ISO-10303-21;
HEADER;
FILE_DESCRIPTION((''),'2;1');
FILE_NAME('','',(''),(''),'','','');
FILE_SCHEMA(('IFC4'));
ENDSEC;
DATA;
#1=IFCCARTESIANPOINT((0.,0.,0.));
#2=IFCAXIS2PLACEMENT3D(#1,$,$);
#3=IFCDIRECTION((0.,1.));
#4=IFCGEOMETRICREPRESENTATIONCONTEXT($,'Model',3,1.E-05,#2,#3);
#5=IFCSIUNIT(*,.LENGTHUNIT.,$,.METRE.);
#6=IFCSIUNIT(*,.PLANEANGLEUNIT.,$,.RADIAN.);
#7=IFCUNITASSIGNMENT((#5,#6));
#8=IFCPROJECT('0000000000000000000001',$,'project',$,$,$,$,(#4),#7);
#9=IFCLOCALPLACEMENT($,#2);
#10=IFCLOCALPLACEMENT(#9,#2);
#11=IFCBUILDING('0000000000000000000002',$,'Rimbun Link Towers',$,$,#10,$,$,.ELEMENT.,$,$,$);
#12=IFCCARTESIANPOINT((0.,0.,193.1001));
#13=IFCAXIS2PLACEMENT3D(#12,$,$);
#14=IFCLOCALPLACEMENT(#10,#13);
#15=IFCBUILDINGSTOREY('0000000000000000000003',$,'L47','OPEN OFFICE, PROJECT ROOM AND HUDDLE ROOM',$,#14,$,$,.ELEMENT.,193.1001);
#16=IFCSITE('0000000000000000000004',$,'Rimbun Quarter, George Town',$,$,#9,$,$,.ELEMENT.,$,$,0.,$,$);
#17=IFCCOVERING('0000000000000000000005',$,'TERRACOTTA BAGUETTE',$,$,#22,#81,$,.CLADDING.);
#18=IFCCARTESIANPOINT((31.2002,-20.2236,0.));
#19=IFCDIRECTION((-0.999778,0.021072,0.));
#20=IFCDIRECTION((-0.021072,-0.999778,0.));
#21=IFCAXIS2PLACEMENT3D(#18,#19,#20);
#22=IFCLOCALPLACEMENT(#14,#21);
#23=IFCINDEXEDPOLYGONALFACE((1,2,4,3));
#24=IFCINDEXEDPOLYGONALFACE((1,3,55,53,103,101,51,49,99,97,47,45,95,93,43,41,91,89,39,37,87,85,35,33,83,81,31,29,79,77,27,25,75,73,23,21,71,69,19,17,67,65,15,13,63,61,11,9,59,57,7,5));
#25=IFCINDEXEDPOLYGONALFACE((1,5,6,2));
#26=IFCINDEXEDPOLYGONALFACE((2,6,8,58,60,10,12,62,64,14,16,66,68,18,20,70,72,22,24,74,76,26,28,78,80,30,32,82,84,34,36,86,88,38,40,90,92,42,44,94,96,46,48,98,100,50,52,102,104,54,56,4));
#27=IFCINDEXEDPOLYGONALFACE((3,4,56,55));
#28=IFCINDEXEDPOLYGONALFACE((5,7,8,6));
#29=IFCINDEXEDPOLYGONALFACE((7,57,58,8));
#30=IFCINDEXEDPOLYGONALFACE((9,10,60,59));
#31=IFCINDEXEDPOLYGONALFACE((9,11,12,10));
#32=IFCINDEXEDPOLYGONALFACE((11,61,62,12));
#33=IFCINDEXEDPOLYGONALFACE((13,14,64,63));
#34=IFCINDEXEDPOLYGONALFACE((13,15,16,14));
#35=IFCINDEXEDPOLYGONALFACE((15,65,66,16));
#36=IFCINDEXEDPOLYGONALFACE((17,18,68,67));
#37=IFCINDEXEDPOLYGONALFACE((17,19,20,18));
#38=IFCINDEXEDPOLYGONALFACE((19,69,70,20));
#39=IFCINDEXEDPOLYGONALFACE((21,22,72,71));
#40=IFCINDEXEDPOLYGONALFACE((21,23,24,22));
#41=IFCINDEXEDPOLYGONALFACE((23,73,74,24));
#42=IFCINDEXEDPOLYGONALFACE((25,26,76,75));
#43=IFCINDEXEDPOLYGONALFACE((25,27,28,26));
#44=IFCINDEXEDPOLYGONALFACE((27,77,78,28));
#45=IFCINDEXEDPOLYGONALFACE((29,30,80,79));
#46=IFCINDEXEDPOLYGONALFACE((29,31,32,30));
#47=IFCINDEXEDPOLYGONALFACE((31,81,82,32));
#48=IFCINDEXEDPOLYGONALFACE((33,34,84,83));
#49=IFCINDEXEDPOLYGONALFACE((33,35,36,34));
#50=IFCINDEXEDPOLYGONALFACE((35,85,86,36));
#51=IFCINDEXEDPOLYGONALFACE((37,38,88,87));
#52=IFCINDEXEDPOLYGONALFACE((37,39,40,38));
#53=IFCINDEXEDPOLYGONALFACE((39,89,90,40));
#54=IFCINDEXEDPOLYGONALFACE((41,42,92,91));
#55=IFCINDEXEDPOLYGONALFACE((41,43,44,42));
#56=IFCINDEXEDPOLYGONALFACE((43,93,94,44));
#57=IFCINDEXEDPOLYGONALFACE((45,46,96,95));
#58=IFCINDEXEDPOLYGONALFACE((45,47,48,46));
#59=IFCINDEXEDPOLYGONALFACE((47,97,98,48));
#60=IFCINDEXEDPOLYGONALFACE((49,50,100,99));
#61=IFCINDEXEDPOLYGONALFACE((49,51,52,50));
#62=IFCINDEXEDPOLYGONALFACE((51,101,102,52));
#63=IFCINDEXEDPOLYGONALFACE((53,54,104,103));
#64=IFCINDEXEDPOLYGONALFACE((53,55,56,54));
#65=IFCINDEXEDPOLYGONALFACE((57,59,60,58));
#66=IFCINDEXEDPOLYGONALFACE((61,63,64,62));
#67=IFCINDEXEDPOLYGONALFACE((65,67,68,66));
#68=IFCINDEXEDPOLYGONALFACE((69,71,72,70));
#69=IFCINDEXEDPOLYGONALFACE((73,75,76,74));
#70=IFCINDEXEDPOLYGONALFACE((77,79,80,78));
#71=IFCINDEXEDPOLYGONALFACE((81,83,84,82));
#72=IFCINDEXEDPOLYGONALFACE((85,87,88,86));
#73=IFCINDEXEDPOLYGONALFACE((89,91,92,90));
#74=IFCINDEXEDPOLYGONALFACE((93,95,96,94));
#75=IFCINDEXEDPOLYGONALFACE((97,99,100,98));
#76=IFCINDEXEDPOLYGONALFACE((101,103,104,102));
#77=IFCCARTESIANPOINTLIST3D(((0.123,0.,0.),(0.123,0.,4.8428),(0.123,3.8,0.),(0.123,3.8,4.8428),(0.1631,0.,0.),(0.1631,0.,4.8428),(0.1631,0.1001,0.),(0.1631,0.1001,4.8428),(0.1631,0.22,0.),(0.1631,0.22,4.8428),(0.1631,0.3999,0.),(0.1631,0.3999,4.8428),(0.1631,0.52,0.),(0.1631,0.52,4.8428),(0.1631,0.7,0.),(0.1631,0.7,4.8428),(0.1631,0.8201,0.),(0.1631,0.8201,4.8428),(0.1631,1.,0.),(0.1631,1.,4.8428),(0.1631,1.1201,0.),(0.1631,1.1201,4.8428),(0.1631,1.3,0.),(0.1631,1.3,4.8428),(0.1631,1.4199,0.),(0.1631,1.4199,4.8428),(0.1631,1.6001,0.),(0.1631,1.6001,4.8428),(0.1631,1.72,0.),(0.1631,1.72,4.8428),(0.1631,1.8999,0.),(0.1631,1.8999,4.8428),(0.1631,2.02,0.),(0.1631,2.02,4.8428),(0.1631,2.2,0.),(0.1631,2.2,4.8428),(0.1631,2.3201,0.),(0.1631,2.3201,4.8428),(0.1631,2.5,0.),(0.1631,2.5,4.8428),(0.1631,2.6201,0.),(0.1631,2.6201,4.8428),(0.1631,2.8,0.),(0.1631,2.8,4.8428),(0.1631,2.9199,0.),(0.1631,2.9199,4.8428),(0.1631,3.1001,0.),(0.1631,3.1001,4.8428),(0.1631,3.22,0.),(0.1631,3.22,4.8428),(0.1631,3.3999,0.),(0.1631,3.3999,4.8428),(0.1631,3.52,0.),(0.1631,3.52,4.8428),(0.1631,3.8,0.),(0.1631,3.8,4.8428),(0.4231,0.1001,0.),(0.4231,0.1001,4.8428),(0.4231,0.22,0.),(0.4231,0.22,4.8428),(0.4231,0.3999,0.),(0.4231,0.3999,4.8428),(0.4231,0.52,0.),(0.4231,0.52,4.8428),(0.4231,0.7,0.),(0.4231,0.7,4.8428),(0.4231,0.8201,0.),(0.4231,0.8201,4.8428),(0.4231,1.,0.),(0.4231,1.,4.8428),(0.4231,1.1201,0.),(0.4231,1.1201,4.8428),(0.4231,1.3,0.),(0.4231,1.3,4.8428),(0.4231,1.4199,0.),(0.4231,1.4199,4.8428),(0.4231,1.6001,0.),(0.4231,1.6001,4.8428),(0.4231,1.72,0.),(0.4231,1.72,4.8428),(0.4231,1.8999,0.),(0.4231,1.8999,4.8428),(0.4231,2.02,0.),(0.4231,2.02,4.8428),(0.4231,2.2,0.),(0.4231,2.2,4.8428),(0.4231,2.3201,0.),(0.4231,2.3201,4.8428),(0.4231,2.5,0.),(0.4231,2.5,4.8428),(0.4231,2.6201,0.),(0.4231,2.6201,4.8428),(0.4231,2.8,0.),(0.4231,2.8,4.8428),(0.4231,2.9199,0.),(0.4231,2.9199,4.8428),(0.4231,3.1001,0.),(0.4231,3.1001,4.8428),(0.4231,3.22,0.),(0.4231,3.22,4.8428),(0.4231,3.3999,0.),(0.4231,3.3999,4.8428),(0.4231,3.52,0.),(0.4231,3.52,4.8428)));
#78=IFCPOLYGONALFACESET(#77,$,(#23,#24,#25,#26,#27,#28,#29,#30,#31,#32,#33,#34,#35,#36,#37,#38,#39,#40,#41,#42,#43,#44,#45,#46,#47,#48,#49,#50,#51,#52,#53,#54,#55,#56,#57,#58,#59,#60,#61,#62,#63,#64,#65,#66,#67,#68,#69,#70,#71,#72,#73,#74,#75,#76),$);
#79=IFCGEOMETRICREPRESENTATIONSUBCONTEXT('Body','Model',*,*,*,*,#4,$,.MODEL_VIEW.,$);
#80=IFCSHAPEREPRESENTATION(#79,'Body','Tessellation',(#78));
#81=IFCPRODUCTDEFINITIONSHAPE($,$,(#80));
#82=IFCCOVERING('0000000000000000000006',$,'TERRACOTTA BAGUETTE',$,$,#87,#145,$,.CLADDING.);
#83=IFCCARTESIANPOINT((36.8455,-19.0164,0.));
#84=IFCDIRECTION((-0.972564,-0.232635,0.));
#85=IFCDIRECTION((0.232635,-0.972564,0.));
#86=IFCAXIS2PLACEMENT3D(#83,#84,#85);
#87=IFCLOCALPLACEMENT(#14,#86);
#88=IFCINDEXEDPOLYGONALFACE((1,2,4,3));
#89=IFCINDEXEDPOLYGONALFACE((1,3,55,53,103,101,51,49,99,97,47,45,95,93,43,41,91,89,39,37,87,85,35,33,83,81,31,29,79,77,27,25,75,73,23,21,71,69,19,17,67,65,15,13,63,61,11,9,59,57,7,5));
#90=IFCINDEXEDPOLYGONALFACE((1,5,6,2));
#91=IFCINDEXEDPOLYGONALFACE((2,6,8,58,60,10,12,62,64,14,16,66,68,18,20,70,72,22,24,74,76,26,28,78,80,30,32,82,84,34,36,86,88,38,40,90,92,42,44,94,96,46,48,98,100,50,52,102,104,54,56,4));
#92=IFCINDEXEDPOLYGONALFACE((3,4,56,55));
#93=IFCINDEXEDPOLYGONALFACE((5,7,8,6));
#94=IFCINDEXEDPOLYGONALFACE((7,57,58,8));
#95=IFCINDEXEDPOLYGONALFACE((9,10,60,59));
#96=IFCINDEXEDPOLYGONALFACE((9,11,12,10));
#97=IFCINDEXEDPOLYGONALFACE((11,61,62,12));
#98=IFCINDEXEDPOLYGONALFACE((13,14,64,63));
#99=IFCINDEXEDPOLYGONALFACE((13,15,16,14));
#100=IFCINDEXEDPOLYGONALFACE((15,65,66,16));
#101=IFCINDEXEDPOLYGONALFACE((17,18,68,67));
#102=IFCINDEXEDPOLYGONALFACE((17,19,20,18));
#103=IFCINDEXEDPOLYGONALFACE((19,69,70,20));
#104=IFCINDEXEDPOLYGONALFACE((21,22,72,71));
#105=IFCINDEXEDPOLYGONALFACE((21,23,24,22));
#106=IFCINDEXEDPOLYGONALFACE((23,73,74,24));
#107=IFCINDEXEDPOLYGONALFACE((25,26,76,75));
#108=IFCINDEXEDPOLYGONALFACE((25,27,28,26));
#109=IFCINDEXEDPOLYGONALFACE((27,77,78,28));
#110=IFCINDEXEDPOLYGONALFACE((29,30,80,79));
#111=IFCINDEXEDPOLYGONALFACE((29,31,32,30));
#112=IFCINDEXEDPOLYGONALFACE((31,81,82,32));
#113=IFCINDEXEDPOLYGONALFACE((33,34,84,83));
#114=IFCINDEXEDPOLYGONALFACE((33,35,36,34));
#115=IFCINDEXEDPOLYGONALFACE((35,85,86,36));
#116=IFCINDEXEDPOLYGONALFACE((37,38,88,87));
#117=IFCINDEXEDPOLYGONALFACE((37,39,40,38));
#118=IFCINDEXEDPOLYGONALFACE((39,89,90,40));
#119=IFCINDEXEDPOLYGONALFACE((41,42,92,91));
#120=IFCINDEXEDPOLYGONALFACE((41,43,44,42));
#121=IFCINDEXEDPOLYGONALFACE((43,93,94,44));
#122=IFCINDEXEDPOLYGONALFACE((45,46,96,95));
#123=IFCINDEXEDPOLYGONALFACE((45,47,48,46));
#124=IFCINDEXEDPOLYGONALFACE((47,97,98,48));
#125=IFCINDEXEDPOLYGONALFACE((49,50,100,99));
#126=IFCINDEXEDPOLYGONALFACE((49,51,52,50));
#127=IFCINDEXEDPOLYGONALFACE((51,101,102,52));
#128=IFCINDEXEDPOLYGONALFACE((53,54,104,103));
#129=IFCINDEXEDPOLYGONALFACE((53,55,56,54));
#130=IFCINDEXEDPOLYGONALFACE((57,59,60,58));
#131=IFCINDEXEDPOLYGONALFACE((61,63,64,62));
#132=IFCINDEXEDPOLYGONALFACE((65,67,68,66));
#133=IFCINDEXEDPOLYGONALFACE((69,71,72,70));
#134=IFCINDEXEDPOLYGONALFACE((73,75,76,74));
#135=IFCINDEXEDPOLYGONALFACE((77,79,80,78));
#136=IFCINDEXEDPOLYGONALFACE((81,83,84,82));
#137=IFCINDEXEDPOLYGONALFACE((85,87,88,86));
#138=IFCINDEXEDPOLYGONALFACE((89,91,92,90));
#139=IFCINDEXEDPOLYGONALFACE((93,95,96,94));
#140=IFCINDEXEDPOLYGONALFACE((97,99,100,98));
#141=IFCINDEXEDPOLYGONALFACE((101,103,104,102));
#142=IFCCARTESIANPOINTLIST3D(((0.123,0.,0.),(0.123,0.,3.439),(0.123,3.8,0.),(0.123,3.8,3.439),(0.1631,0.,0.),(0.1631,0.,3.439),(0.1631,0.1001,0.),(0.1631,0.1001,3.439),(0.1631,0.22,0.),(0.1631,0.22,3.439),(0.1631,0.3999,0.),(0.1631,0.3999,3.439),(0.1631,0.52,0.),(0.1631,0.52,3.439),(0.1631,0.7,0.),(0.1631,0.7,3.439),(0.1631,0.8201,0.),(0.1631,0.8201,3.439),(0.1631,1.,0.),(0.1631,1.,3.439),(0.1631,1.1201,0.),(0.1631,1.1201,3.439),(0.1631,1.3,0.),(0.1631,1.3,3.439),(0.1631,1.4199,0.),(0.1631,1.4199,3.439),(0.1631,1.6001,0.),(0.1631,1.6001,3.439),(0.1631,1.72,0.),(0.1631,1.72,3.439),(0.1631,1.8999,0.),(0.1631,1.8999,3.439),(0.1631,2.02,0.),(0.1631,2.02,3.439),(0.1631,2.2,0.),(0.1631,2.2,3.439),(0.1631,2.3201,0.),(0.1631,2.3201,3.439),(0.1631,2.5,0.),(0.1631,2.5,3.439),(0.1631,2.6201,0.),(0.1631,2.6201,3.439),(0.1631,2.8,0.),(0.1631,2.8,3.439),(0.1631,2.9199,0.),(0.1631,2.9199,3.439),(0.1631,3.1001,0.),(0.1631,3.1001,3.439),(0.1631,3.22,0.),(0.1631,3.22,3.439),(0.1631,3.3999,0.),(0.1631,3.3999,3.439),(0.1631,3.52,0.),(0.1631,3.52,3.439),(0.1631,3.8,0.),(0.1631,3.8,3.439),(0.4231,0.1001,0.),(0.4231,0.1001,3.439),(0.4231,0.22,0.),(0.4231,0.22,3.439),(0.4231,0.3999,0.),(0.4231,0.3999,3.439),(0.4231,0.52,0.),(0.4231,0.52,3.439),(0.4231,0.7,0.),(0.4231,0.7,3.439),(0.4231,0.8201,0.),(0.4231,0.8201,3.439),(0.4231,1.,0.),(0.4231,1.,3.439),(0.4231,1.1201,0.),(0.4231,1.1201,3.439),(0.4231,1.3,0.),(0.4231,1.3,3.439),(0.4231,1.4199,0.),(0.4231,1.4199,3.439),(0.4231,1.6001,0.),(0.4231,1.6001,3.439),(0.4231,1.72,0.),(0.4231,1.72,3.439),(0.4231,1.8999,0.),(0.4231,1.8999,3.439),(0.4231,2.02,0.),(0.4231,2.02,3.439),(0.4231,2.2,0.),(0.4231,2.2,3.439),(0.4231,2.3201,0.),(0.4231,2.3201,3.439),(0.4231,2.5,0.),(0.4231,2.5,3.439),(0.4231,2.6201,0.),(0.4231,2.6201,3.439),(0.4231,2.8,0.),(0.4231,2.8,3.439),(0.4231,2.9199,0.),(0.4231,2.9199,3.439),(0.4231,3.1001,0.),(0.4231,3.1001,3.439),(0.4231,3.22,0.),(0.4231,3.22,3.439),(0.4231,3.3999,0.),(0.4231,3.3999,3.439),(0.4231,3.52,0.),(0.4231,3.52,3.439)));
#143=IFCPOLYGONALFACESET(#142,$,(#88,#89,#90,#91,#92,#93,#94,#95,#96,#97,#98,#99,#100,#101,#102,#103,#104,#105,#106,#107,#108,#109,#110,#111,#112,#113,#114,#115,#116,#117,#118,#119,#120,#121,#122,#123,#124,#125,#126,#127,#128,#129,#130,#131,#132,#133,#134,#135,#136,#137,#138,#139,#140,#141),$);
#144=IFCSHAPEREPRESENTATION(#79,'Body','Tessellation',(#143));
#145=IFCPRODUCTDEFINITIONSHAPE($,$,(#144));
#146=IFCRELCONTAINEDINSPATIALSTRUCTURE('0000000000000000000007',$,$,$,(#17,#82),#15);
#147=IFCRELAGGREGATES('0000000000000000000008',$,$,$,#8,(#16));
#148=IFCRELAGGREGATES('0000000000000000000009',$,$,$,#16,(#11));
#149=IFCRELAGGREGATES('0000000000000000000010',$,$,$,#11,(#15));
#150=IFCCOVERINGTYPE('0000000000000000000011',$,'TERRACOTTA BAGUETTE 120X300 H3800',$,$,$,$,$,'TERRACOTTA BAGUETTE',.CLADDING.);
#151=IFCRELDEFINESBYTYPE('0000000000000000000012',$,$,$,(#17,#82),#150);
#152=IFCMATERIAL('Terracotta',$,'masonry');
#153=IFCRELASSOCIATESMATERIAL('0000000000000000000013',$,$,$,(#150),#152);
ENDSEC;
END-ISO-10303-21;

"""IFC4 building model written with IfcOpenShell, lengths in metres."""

from ifc_helpers import new_model, si_unit, direction, frame, origin, place, context, subcontext, project, spatial, polyline, outline, extrude, material, material_profile, profile_set, type_object, element, save


model = new_model("IFC4")

# Units and contexts
model_context = context("Model", 3, precision=1e-05, world=origin(), true_north=direction((0.0, 1.0)))
body_context = subcontext(model_context, "Body", "Model", "MODEL_VIEW")
ifc_project = project(units=[si_unit("LENGTHUNIT", "METRE"), si_unit("PLANEANGLEUNIT", "RADIAN")], contexts=[model_context])

# Site, building, storey
site_placement = place(None, origin())
site = spatial("IfcSite", under=ifc_project, at=site_placement, Name="Rimbun Quarter, George Town", CompositionType="ELEMENT", RefElevation=0.0)
building_placement = place(site_placement, origin())
building = spatial("IfcBuilding", under=site, at=building_placement, Name="Rimbun Link Towers", CompositionType="ELEMENT")
storey_placement = place(building_placement, frame((0.0, 0.0, 193.1001)))
storey = spatial("IfcBuildingStorey", under=building, at=storey_placement, Name="L47", Description="OPEN OFFICE, PROJECT ROOM AND HUDDLE ROOM", CompositionType="ELEMENT", Elevation=193.1001)

# Coverings
ifc_material_1 = material(Name="Terracotta", Category="masonry")
ifc_material_profile_1 = material_profile(ifc_material_1, outline(polyline([(0.123, 0.0), (0.1631, 0.0), (0.1631, 0.1001), (0.4231, 0.1001), (0.4231, 0.22), (0.1631, 0.22), (0.1631, 0.3999), (0.4231, 0.3999), (0.4231, 0.52), (0.1631, 0.52), (0.1631, 0.7), (0.4231, 0.7), (0.4231, 0.8201), (0.1631, 0.8201), (0.1631, 1.0), (0.4231, 1.0), (0.4231, 1.1201), (0.1631, 1.1201), (0.1631, 1.3), (0.4231, 1.3), (0.4231, 1.4199), (0.1631, 1.4199), (0.1631, 1.6001), (0.4231, 1.6001), (0.4231, 1.72), (0.1631, 1.72), (0.1631, 1.8999), (0.4231, 1.8999), (0.4231, 2.02), (0.1631, 2.02), (0.1631, 2.2), (0.4231, 2.2), (0.4231, 2.3201), (0.1631, 2.3201), (0.1631, 2.5), (0.4231, 2.5), (0.4231, 2.6201), (0.1631, 2.6201), (0.1631, 2.8), (0.4231, 2.8), (0.4231, 2.9199), (0.1631, 2.9199), (0.1631, 3.1001), (0.4231, 3.1001), (0.4231, 3.22), (0.1631, 3.22), (0.1631, 3.3999), (0.4231, 3.3999), (0.4231, 3.52), (0.1631, 3.52), (0.1631, 3.8), (0.123, 3.8), (0.123, 0.0)])), Name="BAGUETTE 120X300")
ifc_profile_set_1 = profile_set([ifc_material_profile_1], Name="Terracotta")
covering_type = type_object("IfcCoveringType", Name="TERRACOTTA BAGUETTE 120X300 H3800", ElementType="TERRACOTTA BAGUETTE", PredefinedType="CLADDING", material=ifc_profile_set_1)
covering_1_placement = place(storey_placement, frame((31.2002, -20.2236, 0.0), z_axis=(-0.999778, 0.021072, 0.0), x_axis=(-0.021072, -0.999778, 0.0)))
element("IfcCovering", 1, at=covering_1_placement, inside=storey, type_object=covering_type, Name="TERRACOTTA BAGUETTE", PredefinedType="CLADDING", context=body_context, shape_type="SweptSolid", body=[
    extrude(outline(polyline([(0.123, 0.0), (0.1631, 0.0), (0.1631, 0.1001), (0.4231, 0.1001), (0.4231, 0.22), (0.1631, 0.22), (0.1631, 0.3999), (0.4231, 0.3999), (0.4231, 0.52), (0.1631, 0.52), (0.1631, 0.7), (0.4231, 0.7), (0.4231, 0.8201), (0.1631, 0.8201), (0.1631, 1.0), (0.4231, 1.0), (0.4231, 1.1201), (0.1631, 1.1201), (0.1631, 1.3), (0.4231, 1.3), (0.4231, 1.4199), (0.1631, 1.4199), (0.1631, 1.6001), (0.4231, 1.6001), (0.4231, 1.72), (0.1631, 1.72), (0.1631, 1.8999), (0.4231, 1.8999), (0.4231, 2.02), (0.1631, 2.02), (0.1631, 2.2), (0.4231, 2.2), (0.4231, 2.3201), (0.1631, 2.3201), (0.1631, 2.5), (0.4231, 2.5), (0.4231, 2.6201), (0.1631, 2.6201), (0.1631, 2.8), (0.4231, 2.8), (0.4231, 2.9199), (0.1631, 2.9199), (0.1631, 3.1001), (0.4231, 3.1001), (0.4231, 3.22), (0.1631, 3.22), (0.1631, 3.3999), (0.4231, 3.3999), (0.4231, 3.52), (0.1631, 3.52), (0.1631, 3.8), (0.123, 3.8), (0.123, 0.0)])), origin(), (0.0, 0.0, 1.0), 4.8428),
])
covering_2_placement = place(storey_placement, frame((36.8455, -19.0164, 0.0), z_axis=(-0.972564, -0.232635, 0.0), x_axis=(0.232635, -0.972564, 0.0)))
element("IfcCovering", 2, at=covering_2_placement, inside=storey, type_object=covering_type, Name="TERRACOTTA BAGUETTE", PredefinedType="CLADDING", context=body_context, shape_type="SweptSolid", body=[
    extrude(outline(polyline([(0.123, 0.0), (0.1631, 0.0), (0.1631, 0.1001), (0.4231, 0.1001), (0.4231, 0.22), (0.1631, 0.22), (0.1631, 0.3999), (0.4231, 0.3999), (0.4231, 0.52), (0.1631, 0.52), (0.1631, 0.7), (0.4231, 0.7), (0.4231, 0.8201), (0.1631, 0.8201), (0.1631, 1.0), (0.4231, 1.0), (0.4231, 1.1201), (0.1631, 1.1201), (0.1631, 1.3), (0.4231, 1.3), (0.4231, 1.4199), (0.1631, 1.4199), (0.1631, 1.6001), (0.4231, 1.6001), (0.4231, 1.72), (0.1631, 1.72), (0.1631, 1.8999), (0.4231, 1.8999), (0.4231, 2.02), (0.1631, 2.02), (0.1631, 2.2), (0.4231, 2.2), (0.4231, 2.3201), (0.1631, 2.3201), (0.1631, 2.5), (0.4231, 2.5), (0.4231, 2.6201), (0.1631, 2.6201), (0.1631, 2.8), (0.4231, 2.8), (0.4231, 2.9199), (0.1631, 2.9199), (0.1631, 3.1001), (0.4231, 3.1001), (0.4231, 3.22), (0.1631, 3.22), (0.1631, 3.3999), (0.4231, 3.3999), (0.4231, 3.52), (0.1631, 3.52), (0.1631, 3.8), (0.123, 3.8), (0.123, 0.0)])), origin(), (0.0, 0.0, 1.0), 3.439),
])

save(model, "model.ifc")
